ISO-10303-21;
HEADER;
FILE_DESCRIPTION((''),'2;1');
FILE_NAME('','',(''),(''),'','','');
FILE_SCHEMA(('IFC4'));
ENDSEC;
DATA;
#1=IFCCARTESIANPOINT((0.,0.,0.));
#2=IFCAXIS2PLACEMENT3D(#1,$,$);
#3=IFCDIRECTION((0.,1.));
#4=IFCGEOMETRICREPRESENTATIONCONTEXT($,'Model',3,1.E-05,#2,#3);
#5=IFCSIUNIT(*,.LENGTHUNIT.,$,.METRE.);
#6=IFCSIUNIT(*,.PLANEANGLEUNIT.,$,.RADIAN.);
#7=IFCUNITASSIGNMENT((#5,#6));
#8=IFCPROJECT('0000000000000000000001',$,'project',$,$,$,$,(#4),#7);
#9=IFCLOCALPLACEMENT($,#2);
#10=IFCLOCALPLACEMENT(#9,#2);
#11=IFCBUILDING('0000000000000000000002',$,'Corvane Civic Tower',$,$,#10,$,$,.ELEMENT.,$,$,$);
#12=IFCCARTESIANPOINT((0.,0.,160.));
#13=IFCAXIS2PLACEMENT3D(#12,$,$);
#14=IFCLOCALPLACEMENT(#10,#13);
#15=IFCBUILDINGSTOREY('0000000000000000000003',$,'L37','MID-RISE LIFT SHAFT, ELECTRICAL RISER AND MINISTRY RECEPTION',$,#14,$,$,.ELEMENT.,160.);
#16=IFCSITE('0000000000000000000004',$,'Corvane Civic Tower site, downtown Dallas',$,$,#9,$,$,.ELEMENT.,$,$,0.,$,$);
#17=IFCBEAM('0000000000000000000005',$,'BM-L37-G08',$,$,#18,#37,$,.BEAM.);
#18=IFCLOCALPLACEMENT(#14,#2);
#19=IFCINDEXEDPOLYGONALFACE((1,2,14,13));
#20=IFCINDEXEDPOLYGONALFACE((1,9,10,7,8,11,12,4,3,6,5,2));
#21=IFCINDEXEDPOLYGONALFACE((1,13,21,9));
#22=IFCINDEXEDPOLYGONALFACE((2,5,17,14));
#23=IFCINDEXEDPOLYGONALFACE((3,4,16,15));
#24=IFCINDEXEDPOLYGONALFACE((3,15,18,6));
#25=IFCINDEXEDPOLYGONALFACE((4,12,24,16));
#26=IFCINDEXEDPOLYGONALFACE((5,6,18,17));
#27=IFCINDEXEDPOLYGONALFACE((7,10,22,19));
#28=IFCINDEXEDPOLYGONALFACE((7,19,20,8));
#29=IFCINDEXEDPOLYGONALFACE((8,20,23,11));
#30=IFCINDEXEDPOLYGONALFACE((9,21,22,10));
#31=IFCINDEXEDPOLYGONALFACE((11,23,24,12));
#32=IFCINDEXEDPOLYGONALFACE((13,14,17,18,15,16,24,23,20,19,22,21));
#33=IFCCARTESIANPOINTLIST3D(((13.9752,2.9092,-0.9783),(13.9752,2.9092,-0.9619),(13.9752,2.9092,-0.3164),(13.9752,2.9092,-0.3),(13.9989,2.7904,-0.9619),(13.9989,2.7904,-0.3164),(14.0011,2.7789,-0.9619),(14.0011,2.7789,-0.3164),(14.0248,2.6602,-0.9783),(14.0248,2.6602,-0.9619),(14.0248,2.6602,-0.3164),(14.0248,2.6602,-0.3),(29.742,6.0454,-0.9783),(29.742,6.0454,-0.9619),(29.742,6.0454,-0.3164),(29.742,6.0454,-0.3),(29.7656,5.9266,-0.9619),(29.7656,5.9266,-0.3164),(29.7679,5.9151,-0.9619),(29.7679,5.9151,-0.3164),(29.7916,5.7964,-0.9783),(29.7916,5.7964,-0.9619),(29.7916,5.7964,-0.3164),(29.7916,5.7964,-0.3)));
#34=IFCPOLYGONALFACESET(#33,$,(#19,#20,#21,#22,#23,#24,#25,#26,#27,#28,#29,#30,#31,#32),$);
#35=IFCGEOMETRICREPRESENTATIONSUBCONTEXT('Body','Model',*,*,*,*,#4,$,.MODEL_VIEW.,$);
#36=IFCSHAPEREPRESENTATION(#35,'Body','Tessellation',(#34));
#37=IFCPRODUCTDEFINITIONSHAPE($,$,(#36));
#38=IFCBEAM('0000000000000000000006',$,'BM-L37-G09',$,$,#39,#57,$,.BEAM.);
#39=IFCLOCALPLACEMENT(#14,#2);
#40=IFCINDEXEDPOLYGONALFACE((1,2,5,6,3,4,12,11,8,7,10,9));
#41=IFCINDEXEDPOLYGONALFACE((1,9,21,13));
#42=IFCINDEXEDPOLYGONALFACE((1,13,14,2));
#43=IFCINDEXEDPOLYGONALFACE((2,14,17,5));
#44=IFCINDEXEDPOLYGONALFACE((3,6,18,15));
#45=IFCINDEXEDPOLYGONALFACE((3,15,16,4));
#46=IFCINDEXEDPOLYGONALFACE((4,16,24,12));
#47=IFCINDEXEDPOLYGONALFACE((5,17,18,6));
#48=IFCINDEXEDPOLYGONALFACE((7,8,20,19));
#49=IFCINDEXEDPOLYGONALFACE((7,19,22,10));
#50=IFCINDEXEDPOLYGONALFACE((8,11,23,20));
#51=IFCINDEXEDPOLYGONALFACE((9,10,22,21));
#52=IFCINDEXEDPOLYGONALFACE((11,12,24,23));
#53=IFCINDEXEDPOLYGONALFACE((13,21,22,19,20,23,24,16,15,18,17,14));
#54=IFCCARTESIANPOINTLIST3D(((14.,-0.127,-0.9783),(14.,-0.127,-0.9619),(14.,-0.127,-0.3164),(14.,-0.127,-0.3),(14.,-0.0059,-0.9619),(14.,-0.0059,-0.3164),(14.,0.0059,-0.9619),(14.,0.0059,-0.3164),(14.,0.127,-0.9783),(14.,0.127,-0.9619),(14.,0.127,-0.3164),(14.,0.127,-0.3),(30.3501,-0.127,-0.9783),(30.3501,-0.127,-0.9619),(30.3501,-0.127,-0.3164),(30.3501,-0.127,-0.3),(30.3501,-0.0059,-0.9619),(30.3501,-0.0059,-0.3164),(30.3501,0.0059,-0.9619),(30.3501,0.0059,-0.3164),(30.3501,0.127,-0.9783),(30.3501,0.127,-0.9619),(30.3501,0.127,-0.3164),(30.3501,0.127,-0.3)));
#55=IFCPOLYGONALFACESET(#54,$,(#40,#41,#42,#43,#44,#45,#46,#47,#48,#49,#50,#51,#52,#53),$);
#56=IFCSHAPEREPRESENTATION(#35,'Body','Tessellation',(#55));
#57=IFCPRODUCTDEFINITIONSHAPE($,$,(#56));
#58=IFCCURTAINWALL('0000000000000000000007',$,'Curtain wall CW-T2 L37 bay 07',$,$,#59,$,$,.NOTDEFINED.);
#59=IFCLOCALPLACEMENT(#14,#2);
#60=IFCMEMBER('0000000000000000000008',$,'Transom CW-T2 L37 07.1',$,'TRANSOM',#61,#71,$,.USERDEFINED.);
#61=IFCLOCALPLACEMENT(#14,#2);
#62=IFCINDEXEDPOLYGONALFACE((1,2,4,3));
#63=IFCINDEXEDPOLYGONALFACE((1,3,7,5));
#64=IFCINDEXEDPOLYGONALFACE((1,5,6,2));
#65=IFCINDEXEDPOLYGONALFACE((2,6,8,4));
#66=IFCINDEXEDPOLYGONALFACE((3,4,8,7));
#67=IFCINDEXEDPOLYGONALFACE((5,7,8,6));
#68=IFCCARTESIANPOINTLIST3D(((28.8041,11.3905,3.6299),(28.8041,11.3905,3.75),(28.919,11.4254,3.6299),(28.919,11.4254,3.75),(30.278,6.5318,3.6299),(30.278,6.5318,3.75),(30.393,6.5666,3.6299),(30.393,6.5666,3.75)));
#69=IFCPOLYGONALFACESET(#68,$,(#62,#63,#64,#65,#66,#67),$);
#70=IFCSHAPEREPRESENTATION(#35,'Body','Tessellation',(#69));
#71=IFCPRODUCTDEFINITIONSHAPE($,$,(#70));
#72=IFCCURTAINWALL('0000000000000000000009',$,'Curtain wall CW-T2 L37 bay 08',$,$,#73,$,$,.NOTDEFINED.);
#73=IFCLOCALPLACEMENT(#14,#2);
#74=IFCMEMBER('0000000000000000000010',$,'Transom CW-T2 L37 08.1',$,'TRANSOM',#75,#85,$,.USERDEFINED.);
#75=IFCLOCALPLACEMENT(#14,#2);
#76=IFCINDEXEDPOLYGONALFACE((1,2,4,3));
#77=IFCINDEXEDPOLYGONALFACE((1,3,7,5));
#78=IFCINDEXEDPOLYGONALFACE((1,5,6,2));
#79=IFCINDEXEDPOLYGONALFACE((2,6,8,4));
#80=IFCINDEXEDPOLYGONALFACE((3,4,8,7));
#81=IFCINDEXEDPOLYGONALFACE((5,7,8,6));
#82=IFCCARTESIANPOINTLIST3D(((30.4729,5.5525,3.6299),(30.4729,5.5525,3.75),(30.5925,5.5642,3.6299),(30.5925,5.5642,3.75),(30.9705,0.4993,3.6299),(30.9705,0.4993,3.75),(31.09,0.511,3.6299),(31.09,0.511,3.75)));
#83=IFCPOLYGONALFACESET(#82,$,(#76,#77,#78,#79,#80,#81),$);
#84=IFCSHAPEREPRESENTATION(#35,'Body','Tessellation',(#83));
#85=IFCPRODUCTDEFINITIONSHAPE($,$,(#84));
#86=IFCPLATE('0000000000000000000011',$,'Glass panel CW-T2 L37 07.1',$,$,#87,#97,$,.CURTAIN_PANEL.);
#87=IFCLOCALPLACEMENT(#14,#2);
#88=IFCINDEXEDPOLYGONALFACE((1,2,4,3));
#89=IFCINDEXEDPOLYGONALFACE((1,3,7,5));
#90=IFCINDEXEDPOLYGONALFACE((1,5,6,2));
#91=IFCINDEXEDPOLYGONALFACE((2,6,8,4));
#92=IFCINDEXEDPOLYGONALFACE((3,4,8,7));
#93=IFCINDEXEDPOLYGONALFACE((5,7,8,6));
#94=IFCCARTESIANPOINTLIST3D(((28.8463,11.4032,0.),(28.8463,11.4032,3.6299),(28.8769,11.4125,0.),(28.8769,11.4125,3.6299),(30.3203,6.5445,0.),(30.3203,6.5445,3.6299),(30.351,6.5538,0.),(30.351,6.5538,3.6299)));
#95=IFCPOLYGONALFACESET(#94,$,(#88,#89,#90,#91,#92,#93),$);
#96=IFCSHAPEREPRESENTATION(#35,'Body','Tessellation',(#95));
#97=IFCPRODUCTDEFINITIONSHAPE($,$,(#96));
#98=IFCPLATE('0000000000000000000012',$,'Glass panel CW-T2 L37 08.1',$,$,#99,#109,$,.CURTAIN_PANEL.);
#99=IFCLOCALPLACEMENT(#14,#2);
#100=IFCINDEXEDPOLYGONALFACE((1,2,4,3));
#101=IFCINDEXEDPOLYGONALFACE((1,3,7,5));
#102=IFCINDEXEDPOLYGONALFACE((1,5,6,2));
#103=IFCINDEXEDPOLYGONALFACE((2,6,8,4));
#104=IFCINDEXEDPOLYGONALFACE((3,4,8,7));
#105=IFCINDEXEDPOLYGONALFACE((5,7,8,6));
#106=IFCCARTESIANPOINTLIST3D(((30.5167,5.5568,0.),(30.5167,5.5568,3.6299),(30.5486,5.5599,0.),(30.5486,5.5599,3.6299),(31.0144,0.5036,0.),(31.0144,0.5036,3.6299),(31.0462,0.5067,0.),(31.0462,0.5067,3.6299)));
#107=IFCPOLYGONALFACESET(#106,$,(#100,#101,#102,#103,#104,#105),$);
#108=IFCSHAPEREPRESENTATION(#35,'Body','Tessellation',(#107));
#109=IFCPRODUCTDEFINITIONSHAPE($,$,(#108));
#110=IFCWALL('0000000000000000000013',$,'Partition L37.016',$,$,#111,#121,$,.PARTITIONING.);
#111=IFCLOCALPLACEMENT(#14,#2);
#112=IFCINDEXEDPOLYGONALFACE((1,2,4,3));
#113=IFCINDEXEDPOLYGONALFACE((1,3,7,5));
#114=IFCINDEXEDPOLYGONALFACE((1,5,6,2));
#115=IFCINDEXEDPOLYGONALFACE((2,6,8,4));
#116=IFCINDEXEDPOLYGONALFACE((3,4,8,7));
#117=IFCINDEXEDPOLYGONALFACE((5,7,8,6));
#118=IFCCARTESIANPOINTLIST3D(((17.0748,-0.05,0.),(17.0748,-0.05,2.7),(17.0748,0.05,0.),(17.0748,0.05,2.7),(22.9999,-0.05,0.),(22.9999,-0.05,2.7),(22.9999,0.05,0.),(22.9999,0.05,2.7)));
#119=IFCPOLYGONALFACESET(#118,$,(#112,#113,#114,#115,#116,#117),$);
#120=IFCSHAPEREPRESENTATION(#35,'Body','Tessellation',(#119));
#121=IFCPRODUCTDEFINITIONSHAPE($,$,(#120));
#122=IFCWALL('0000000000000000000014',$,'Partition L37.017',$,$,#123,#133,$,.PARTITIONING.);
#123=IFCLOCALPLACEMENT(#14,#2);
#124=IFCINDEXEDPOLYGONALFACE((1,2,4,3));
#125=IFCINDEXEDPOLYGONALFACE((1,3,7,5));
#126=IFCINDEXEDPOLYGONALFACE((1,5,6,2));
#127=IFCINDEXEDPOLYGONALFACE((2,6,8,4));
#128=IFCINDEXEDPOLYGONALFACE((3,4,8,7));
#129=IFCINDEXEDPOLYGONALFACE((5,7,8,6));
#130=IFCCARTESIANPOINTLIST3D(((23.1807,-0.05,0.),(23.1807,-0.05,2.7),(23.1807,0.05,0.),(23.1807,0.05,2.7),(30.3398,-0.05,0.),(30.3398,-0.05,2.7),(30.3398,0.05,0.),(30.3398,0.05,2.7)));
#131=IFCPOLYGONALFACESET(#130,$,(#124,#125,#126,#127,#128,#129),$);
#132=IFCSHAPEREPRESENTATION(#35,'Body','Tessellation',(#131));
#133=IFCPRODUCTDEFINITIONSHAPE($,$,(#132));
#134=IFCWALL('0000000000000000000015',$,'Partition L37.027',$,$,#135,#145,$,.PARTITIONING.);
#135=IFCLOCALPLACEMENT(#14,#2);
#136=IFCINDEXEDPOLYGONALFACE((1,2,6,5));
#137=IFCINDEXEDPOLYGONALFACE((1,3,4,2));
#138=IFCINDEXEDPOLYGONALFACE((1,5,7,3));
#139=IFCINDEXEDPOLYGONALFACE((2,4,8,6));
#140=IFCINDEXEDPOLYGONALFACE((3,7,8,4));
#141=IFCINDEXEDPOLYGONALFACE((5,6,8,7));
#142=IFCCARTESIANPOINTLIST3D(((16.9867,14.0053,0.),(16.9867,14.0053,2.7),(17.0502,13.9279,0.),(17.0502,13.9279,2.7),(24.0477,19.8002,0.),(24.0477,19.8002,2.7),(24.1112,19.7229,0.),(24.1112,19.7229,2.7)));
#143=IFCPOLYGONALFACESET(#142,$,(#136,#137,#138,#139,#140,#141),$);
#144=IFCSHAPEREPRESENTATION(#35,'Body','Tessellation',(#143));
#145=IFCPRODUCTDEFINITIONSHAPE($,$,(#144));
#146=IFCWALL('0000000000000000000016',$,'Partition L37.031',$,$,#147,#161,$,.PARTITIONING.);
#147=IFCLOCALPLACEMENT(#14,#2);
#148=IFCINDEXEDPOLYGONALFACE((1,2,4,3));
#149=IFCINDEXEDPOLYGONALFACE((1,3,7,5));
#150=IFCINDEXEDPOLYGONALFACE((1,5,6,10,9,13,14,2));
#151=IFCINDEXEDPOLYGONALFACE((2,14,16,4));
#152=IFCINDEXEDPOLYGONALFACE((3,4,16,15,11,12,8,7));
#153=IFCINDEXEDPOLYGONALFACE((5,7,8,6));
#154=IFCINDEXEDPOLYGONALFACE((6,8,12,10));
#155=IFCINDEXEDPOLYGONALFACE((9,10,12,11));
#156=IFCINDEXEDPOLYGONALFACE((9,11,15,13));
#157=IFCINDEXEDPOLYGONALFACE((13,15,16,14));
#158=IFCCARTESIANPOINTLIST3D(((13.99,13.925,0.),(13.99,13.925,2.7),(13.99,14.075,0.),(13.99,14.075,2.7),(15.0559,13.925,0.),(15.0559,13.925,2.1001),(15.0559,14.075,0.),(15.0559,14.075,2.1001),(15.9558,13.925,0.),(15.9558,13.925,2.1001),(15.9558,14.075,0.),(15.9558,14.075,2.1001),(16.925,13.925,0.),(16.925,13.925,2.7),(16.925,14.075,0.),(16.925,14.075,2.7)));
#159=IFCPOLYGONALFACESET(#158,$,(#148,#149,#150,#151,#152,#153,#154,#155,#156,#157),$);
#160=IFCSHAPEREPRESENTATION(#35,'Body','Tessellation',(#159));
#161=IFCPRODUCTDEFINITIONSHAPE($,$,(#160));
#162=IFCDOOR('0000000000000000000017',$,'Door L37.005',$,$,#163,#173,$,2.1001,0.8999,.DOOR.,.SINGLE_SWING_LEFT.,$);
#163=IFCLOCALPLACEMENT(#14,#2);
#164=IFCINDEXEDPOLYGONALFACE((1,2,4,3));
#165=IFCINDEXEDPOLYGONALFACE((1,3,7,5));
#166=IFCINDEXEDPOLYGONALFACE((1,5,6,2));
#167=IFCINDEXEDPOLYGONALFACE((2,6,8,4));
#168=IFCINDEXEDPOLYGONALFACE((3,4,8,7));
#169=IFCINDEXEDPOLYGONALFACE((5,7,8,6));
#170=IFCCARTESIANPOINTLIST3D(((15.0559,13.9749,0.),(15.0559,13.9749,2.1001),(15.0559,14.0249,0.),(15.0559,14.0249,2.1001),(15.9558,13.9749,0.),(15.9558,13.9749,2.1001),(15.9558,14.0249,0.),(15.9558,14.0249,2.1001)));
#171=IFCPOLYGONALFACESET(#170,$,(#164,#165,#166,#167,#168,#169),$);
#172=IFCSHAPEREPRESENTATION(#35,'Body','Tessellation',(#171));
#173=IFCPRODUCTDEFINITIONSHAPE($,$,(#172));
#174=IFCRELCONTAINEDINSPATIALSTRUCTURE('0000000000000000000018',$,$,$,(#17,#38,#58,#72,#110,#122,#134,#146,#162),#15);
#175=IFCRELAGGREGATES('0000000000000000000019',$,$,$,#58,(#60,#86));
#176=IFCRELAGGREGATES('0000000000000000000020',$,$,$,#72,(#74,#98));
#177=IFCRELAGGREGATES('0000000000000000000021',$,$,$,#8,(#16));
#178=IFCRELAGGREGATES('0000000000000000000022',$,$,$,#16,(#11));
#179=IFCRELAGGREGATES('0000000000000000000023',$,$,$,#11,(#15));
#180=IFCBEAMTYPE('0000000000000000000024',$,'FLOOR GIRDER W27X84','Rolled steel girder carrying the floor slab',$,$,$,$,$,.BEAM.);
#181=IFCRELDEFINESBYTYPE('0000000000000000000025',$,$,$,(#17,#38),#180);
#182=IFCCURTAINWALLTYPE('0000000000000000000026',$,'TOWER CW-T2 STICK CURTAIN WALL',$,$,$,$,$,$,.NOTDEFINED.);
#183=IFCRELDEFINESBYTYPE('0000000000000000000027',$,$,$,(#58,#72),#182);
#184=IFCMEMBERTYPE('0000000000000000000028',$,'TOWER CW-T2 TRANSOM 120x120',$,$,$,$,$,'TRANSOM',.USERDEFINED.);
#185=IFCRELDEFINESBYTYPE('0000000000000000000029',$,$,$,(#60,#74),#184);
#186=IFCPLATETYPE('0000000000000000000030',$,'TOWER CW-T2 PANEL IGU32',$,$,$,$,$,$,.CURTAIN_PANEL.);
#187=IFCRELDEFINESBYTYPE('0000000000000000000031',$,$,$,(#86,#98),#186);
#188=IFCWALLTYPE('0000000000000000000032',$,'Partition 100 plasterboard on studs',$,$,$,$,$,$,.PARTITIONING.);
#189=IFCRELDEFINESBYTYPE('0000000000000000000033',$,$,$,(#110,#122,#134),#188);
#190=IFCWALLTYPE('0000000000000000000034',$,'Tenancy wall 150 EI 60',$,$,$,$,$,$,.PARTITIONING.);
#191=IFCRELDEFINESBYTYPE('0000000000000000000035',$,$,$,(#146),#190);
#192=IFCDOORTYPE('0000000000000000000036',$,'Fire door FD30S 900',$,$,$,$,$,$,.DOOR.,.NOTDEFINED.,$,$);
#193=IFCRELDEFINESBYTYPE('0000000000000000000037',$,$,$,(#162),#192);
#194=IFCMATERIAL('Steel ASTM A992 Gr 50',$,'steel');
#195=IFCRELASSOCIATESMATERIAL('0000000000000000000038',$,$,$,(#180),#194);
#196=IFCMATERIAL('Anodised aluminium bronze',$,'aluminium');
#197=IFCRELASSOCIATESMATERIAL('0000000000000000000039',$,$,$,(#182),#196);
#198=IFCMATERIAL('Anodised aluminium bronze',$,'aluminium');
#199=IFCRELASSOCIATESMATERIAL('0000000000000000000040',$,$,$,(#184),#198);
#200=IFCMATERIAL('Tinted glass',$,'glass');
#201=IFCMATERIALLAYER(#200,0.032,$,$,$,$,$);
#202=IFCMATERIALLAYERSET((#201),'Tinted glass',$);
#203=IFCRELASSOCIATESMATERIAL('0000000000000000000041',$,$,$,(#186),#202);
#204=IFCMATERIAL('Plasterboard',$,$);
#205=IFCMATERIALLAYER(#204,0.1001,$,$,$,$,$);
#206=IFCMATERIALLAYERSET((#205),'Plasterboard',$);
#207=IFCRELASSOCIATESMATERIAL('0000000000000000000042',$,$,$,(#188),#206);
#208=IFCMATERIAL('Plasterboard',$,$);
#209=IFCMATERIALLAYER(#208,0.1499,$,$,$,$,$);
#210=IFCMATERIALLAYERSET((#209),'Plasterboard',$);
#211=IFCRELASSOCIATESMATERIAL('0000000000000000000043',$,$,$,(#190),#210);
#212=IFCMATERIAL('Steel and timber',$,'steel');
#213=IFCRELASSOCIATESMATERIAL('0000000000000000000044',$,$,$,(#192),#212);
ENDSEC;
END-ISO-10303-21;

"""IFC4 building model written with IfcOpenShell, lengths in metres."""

from ifc_helpers import new_model, si_unit, direction, frame, frame_2d, origin, origin_2d, place, context, subcontext, project, spatial, rectangle, i_section, extrude, material, layer, layer_set, material_profile, profile_set, type_object, element, fill, aggregate, save


model = new_model("IFC4")

# Units and contexts
model_context = context("Model", 3, precision=1e-05, world=origin(), true_north=direction((0.0, 1.0)))
body_context = subcontext(model_context, "Body", "Model", "MODEL_VIEW")
ifc_project = project(units=[si_unit("LENGTHUNIT", "METRE"), si_unit("PLANEANGLEUNIT", "RADIAN")], contexts=[model_context])

# Site, building, storey
site_placement = place(None, origin())
site = spatial("IfcSite", under=ifc_project, at=site_placement, Name="Corvane Civic Tower site, downtown Dallas", CompositionType="ELEMENT", RefElevation=0.0)
building_placement = place(site_placement, origin())
building = spatial("IfcBuilding", under=site, at=building_placement, Name="Corvane Civic Tower", CompositionType="ELEMENT")
storey_placement = place(building_placement, frame((0.0, 0.0, 160.0)))
storey = spatial("IfcBuildingStorey", under=building, at=storey_placement, Name="L37", Description="MID-RISE LIFT SHAFT, ELECTRICAL RISER AND MINISTRY RECEPTION", CompositionType="ELEMENT", Elevation=160.0)

# Beams
ifc_material_1 = material(Name="Steel ASTM A992 Gr 50", Category="steel")
ifc_material_profile_1 = material_profile(ifc_material_1, i_section(OverallWidth=0.2539, OverallDepth=0.6782, WebThickness=0.0117, FlangeThickness=0.0164, at=origin_2d()), Name="W27X84")
ifc_profile_set_1 = profile_set([ifc_material_profile_1], Name="Steel ASTM A992 Gr 50")
beam_type_1 = type_object("IfcBeamType", Name="FLOOR GIRDER W27X84", Description="Rolled steel girder carrying the floor slab", PredefinedType="BEAM", material=ifc_profile_set_1)
beam_1_placement = place(storey_placement, frame((14.0, 2.7847, -0.6392), z_axis=(0.980785, 0.195091, 0.0), x_axis=(-0.195091, 0.980785, 0.0)))
element("IfcBeam", 1, at=beam_1_placement, inside=storey, type_object=beam_type_1, Name="BM-L37-G08", PredefinedType="BEAM", context=body_context, shape_type="SweptSolid", body=[
    extrude(i_section(OverallWidth=0.2539, OverallDepth=0.6782, WebThickness=0.0117, FlangeThickness=0.0164, at=origin_2d()), origin(), (0.0, 0.0, 1.0), 16.0757),
])
beam_2_placement = place(storey_placement, frame((14.0, 0.0, -0.6392), z_axis=(1.0, 0.0, 0.0), x_axis=(0.0, 1.0, 0.0)))
element("IfcBeam", 2, at=beam_2_placement, inside=storey, type_object=beam_type_1, Name="BM-L37-G09", PredefinedType="BEAM", context=body_context, shape_type="SweptSolid", body=[
    extrude(i_section(OverallWidth=0.2539, OverallDepth=0.6782, WebThickness=0.0117, FlangeThickness=0.0164, at=origin_2d()), origin(), (0.0, 0.0, 1.0), 16.3501),
])

# Curtain walls, members
ifc_material_2 = material(Name="Anodised aluminium bronze", Category="aluminium")
curtain_wall_type = type_object("IfcCurtainWallType", Name="TOWER CW-T2 STICK CURTAIN WALL", PredefinedType="NOTDEFINED", material=ifc_material_2)
curtain_wall_1_placement = place(storey_placement, origin())
curtain_wall_1 = element("IfcCurtainWall", 3, at=curtain_wall_1_placement, inside=storey, type_object=curtain_wall_type, Name="Curtain wall CW-T2 L37 bay 07", PredefinedType="NOTDEFINED")
ifc_material_3 = material(Name="Anodised aluminium bronze", Category="aluminium")
ifc_material_profile_2 = material_profile(ifc_material_3, rectangle(XDim=0.1201, YDim=0.1201, at=origin_2d()), Name="TOWER CW-T2 TRANSOM 120x120")
ifc_profile_set_2 = profile_set([ifc_material_profile_2], Name="Anodised aluminium bronze")
member_type = type_object("IfcMemberType", Name="TOWER CW-T2 TRANSOM 120x120", ElementType="TRANSOM", PredefinedType="USERDEFINED", material=ifc_profile_set_2)
member_1_placement = place(storey_placement, frame((28.8616, 11.408, 3.6899), z_axis=(0.290289, -0.956939, 0.0), x_axis=(0.956939, 0.290289, 0.0)))
member_1 = element("IfcMember", 4, at=member_1_placement, type_object=member_type, Name="Transom CW-T2 L37 07.1", ObjectType="TRANSOM", PredefinedType="USERDEFINED", context=body_context, shape_type="SweptSolid", body=[
    extrude(rectangle(XDim=0.1201, YDim=0.1201, at=origin_2d()), origin(), (0.0, 0.0, 1.0), 5.0774),
])
curtain_wall_2_placement = place(storey_placement, origin())
curtain_wall_2 = element("IfcCurtainWall", 5, at=curtain_wall_2_placement, inside=storey, type_object=curtain_wall_type, Name="Curtain wall CW-T2 L37 bay 08", PredefinedType="NOTDEFINED")
member_2_placement = place(storey_placement, frame((30.5327, 5.5583, 3.6899), z_axis=(0.09799, -0.995187, 0.0), x_axis=(0.995187, 0.09799, 0.0)))
member_2 = element("IfcMember", 6, at=member_2_placement, type_object=member_type, Name="Transom CW-T2 L37 08.1", ObjectType="TRANSOM", PredefinedType="USERDEFINED", context=body_context, shape_type="SweptSolid", body=[
    extrude(rectangle(XDim=0.1201, YDim=0.1201, at=origin_2d()), origin(), (0.0, 0.0, 1.0), 5.0776),
])

# Plates
ifc_material_4 = material(Name="Tinted glass", Category="glass")
ifc_layer_1 = layer(ifc_material_4, 0.032)
ifc_layer_set_1 = layer_set([ifc_layer_1], Name="Tinted glass")
plate_type = type_object("IfcPlateType", Name="TOWER CW-T2 PANEL IGU32", PredefinedType="CURTAIN_PANEL", material=ifc_layer_set_1)
plate_1_placement = place(storey_placement, frame((29.5986, 8.9785, 0.0), z_axis=(0.0, 0.0, 1.0), x_axis=(0.290313, -0.956932, 0.0)))
plate_1 = element("IfcPlate", 7, at=plate_1_placement, type_object=plate_type, Name="Glass panel CW-T2 L37 07.1", PredefinedType="CURTAIN_PANEL", context=body_context, shape_type="SweptSolid", body=[
    extrude(rectangle(XDim=5.0774, YDim=0.032, at=origin_2d()), origin(), (0.0, 0.0, 1.0), 3.6299),
])
aggregate(curtain_wall_1, [member_1, plate_1])
plate_2_placement = place(storey_placement, frame((30.7815, 3.0317, 0.0), z_axis=(0.0, 0.0, 1.0), x_axis=(0.098012, -0.995185, 0.0)))
plate_2 = element("IfcPlate", 8, at=plate_2_placement, type_object=plate_type, Name="Glass panel CW-T2 L37 08.1", PredefinedType="CURTAIN_PANEL", context=body_context, shape_type="SweptSolid", body=[
    extrude(rectangle(XDim=5.0776, YDim=0.032, at=origin_2d()), origin(), (0.0, 0.0, 1.0), 3.6299),
])
aggregate(curtain_wall_2, [member_2, plate_2])

# Walls
ifc_material_5 = material(Name="Plasterboard")
ifc_layer_2 = layer(ifc_material_5, 0.1001)
ifc_layer_set_2 = layer_set([ifc_layer_2], Name="Plasterboard")
wall_type_1 = type_object("IfcWallType", Name="Partition 100 plasterboard on studs", PredefinedType="PARTITIONING", material=ifc_layer_set_2)
wall_1_placement = place(storey_placement, frame((17.075, 0.0, 0.0), z_axis=(0.0, 0.0, 1.0), x_axis=(1.0, 0.0, 0.0)))
element("IfcWall", 9, at=wall_1_placement, inside=storey, type_object=wall_type_1, Name="Partition L37.016", PredefinedType="PARTITIONING", context=body_context, shape_type="SweptSolid", body=[
    extrude(rectangle(XDim=5.925, YDim=0.1001, at=frame_2d((2.9624, 0.0))), origin(), (0.0, 0.0, 1.0), 2.7),
])
wall_2_placement = place(storey_placement, frame((23.1807, 0.0, 0.0), z_axis=(0.0, 0.0, 1.0), x_axis=(1.0, 0.0, 0.0)))
element("IfcWall", 10, at=wall_2_placement, inside=storey, type_object=wall_type_1, Name="Partition L37.017", PredefinedType="PARTITIONING", context=body_context, shape_type="SweptSolid", body=[
    extrude(rectangle(XDim=7.1592, YDim=0.1001, at=frame_2d((3.5796, 0.0))), origin(), (0.0, 0.0, 1.0), 2.7),
])
wall_3_placement = place(storey_placement, frame((17.0183, 13.9666, 0.0), z_axis=(0.0, 0.0, 1.0), x_axis=(0.773006, 0.634399, 0.0)))
element("IfcWall", 11, at=wall_3_placement, inside=storey, type_object=wall_type_1, Name="Partition L37.027", PredefinedType="PARTITIONING", context=body_context, shape_type="SweptSolid", body=[
    extrude(rectangle(XDim=9.1345, YDim=0.1001, at=frame_2d((4.5674, 0.0))), origin(), (0.0, 0.0, 1.0), 2.7),
])

# Wall, opening, door
ifc_material_6 = material(Name="Plasterboard")
ifc_layer_3 = layer(ifc_material_6, 0.1499)
ifc_layer_set_3 = layer_set([ifc_layer_3], Name="Plasterboard")
wall_type_2 = type_object("IfcWallType", Name="Tenancy wall 150 EI 60", PredefinedType="PARTITIONING", material=ifc_layer_set_3)
wall_4_placement = place(storey_placement, frame((13.99, 14.0, 0.0), z_axis=(0.0, 0.0, 1.0), x_axis=(1.0, 0.0, 0.0)))
wall_4 = element("IfcWall", 12, at=wall_4_placement, inside=storey, type_object=wall_type_2, Name="Partition L37.031", PredefinedType="PARTITIONING", context=body_context, shape_type="SweptSolid", body=[
    extrude(rectangle(XDim=2.9351, YDim=0.1499, at=frame_2d((1.4675, 0.0))), origin(), (0.0, 0.0, 1.0), 2.7),
])
opening_placement = place(wall_4_placement, frame((1.0659, 0.0, 0.0)))
opening = element("IfcOpeningElement", 13, at=opening_placement, cuts=wall_4, PredefinedType="OPENING", context=body_context, shape_type="SweptSolid", body=[
    extrude(rectangle(XDim=0.8999, YDim=2.1001, at=frame_2d((0.45, 1.05))), frame((0.0, 0.085, 0.0), z_axis=(0.0, -1.0, 0.0), x_axis=(1.0, 0.0, 0.0)), (0.0, 0.0, 1.0), 0.1699),
])
ifc_material_7 = material(Name="Steel and timber", Category="steel")
door_type = type_object("IfcDoorType", Name="Fire door FD30S 900", OperationType="NOTDEFINED", PredefinedType="DOOR", material=ifc_material_7)
door_placement = place(opening_placement, origin())
door = element("IfcDoor", 14, at=door_placement, inside=storey, type_object=door_type, Name="Door L37.005", OperationType="SINGLE_SWING_LEFT", OverallHeight=2.1001, OverallWidth=0.8999, PredefinedType="DOOR", context=body_context, shape_type="SweptSolid", body=[
    extrude(rectangle(XDim=0.8999, YDim=2.1001, at=frame_2d((0.45, 1.05))), frame((0.0, 0.0249, 0.0), z_axis=(0.0, -1.0, 0.0), x_axis=(1.0, 0.0, 0.0)), (0.0, 0.0, 1.0), 0.05),
])
fill(opening, door)

save(model, "model.ifc")
